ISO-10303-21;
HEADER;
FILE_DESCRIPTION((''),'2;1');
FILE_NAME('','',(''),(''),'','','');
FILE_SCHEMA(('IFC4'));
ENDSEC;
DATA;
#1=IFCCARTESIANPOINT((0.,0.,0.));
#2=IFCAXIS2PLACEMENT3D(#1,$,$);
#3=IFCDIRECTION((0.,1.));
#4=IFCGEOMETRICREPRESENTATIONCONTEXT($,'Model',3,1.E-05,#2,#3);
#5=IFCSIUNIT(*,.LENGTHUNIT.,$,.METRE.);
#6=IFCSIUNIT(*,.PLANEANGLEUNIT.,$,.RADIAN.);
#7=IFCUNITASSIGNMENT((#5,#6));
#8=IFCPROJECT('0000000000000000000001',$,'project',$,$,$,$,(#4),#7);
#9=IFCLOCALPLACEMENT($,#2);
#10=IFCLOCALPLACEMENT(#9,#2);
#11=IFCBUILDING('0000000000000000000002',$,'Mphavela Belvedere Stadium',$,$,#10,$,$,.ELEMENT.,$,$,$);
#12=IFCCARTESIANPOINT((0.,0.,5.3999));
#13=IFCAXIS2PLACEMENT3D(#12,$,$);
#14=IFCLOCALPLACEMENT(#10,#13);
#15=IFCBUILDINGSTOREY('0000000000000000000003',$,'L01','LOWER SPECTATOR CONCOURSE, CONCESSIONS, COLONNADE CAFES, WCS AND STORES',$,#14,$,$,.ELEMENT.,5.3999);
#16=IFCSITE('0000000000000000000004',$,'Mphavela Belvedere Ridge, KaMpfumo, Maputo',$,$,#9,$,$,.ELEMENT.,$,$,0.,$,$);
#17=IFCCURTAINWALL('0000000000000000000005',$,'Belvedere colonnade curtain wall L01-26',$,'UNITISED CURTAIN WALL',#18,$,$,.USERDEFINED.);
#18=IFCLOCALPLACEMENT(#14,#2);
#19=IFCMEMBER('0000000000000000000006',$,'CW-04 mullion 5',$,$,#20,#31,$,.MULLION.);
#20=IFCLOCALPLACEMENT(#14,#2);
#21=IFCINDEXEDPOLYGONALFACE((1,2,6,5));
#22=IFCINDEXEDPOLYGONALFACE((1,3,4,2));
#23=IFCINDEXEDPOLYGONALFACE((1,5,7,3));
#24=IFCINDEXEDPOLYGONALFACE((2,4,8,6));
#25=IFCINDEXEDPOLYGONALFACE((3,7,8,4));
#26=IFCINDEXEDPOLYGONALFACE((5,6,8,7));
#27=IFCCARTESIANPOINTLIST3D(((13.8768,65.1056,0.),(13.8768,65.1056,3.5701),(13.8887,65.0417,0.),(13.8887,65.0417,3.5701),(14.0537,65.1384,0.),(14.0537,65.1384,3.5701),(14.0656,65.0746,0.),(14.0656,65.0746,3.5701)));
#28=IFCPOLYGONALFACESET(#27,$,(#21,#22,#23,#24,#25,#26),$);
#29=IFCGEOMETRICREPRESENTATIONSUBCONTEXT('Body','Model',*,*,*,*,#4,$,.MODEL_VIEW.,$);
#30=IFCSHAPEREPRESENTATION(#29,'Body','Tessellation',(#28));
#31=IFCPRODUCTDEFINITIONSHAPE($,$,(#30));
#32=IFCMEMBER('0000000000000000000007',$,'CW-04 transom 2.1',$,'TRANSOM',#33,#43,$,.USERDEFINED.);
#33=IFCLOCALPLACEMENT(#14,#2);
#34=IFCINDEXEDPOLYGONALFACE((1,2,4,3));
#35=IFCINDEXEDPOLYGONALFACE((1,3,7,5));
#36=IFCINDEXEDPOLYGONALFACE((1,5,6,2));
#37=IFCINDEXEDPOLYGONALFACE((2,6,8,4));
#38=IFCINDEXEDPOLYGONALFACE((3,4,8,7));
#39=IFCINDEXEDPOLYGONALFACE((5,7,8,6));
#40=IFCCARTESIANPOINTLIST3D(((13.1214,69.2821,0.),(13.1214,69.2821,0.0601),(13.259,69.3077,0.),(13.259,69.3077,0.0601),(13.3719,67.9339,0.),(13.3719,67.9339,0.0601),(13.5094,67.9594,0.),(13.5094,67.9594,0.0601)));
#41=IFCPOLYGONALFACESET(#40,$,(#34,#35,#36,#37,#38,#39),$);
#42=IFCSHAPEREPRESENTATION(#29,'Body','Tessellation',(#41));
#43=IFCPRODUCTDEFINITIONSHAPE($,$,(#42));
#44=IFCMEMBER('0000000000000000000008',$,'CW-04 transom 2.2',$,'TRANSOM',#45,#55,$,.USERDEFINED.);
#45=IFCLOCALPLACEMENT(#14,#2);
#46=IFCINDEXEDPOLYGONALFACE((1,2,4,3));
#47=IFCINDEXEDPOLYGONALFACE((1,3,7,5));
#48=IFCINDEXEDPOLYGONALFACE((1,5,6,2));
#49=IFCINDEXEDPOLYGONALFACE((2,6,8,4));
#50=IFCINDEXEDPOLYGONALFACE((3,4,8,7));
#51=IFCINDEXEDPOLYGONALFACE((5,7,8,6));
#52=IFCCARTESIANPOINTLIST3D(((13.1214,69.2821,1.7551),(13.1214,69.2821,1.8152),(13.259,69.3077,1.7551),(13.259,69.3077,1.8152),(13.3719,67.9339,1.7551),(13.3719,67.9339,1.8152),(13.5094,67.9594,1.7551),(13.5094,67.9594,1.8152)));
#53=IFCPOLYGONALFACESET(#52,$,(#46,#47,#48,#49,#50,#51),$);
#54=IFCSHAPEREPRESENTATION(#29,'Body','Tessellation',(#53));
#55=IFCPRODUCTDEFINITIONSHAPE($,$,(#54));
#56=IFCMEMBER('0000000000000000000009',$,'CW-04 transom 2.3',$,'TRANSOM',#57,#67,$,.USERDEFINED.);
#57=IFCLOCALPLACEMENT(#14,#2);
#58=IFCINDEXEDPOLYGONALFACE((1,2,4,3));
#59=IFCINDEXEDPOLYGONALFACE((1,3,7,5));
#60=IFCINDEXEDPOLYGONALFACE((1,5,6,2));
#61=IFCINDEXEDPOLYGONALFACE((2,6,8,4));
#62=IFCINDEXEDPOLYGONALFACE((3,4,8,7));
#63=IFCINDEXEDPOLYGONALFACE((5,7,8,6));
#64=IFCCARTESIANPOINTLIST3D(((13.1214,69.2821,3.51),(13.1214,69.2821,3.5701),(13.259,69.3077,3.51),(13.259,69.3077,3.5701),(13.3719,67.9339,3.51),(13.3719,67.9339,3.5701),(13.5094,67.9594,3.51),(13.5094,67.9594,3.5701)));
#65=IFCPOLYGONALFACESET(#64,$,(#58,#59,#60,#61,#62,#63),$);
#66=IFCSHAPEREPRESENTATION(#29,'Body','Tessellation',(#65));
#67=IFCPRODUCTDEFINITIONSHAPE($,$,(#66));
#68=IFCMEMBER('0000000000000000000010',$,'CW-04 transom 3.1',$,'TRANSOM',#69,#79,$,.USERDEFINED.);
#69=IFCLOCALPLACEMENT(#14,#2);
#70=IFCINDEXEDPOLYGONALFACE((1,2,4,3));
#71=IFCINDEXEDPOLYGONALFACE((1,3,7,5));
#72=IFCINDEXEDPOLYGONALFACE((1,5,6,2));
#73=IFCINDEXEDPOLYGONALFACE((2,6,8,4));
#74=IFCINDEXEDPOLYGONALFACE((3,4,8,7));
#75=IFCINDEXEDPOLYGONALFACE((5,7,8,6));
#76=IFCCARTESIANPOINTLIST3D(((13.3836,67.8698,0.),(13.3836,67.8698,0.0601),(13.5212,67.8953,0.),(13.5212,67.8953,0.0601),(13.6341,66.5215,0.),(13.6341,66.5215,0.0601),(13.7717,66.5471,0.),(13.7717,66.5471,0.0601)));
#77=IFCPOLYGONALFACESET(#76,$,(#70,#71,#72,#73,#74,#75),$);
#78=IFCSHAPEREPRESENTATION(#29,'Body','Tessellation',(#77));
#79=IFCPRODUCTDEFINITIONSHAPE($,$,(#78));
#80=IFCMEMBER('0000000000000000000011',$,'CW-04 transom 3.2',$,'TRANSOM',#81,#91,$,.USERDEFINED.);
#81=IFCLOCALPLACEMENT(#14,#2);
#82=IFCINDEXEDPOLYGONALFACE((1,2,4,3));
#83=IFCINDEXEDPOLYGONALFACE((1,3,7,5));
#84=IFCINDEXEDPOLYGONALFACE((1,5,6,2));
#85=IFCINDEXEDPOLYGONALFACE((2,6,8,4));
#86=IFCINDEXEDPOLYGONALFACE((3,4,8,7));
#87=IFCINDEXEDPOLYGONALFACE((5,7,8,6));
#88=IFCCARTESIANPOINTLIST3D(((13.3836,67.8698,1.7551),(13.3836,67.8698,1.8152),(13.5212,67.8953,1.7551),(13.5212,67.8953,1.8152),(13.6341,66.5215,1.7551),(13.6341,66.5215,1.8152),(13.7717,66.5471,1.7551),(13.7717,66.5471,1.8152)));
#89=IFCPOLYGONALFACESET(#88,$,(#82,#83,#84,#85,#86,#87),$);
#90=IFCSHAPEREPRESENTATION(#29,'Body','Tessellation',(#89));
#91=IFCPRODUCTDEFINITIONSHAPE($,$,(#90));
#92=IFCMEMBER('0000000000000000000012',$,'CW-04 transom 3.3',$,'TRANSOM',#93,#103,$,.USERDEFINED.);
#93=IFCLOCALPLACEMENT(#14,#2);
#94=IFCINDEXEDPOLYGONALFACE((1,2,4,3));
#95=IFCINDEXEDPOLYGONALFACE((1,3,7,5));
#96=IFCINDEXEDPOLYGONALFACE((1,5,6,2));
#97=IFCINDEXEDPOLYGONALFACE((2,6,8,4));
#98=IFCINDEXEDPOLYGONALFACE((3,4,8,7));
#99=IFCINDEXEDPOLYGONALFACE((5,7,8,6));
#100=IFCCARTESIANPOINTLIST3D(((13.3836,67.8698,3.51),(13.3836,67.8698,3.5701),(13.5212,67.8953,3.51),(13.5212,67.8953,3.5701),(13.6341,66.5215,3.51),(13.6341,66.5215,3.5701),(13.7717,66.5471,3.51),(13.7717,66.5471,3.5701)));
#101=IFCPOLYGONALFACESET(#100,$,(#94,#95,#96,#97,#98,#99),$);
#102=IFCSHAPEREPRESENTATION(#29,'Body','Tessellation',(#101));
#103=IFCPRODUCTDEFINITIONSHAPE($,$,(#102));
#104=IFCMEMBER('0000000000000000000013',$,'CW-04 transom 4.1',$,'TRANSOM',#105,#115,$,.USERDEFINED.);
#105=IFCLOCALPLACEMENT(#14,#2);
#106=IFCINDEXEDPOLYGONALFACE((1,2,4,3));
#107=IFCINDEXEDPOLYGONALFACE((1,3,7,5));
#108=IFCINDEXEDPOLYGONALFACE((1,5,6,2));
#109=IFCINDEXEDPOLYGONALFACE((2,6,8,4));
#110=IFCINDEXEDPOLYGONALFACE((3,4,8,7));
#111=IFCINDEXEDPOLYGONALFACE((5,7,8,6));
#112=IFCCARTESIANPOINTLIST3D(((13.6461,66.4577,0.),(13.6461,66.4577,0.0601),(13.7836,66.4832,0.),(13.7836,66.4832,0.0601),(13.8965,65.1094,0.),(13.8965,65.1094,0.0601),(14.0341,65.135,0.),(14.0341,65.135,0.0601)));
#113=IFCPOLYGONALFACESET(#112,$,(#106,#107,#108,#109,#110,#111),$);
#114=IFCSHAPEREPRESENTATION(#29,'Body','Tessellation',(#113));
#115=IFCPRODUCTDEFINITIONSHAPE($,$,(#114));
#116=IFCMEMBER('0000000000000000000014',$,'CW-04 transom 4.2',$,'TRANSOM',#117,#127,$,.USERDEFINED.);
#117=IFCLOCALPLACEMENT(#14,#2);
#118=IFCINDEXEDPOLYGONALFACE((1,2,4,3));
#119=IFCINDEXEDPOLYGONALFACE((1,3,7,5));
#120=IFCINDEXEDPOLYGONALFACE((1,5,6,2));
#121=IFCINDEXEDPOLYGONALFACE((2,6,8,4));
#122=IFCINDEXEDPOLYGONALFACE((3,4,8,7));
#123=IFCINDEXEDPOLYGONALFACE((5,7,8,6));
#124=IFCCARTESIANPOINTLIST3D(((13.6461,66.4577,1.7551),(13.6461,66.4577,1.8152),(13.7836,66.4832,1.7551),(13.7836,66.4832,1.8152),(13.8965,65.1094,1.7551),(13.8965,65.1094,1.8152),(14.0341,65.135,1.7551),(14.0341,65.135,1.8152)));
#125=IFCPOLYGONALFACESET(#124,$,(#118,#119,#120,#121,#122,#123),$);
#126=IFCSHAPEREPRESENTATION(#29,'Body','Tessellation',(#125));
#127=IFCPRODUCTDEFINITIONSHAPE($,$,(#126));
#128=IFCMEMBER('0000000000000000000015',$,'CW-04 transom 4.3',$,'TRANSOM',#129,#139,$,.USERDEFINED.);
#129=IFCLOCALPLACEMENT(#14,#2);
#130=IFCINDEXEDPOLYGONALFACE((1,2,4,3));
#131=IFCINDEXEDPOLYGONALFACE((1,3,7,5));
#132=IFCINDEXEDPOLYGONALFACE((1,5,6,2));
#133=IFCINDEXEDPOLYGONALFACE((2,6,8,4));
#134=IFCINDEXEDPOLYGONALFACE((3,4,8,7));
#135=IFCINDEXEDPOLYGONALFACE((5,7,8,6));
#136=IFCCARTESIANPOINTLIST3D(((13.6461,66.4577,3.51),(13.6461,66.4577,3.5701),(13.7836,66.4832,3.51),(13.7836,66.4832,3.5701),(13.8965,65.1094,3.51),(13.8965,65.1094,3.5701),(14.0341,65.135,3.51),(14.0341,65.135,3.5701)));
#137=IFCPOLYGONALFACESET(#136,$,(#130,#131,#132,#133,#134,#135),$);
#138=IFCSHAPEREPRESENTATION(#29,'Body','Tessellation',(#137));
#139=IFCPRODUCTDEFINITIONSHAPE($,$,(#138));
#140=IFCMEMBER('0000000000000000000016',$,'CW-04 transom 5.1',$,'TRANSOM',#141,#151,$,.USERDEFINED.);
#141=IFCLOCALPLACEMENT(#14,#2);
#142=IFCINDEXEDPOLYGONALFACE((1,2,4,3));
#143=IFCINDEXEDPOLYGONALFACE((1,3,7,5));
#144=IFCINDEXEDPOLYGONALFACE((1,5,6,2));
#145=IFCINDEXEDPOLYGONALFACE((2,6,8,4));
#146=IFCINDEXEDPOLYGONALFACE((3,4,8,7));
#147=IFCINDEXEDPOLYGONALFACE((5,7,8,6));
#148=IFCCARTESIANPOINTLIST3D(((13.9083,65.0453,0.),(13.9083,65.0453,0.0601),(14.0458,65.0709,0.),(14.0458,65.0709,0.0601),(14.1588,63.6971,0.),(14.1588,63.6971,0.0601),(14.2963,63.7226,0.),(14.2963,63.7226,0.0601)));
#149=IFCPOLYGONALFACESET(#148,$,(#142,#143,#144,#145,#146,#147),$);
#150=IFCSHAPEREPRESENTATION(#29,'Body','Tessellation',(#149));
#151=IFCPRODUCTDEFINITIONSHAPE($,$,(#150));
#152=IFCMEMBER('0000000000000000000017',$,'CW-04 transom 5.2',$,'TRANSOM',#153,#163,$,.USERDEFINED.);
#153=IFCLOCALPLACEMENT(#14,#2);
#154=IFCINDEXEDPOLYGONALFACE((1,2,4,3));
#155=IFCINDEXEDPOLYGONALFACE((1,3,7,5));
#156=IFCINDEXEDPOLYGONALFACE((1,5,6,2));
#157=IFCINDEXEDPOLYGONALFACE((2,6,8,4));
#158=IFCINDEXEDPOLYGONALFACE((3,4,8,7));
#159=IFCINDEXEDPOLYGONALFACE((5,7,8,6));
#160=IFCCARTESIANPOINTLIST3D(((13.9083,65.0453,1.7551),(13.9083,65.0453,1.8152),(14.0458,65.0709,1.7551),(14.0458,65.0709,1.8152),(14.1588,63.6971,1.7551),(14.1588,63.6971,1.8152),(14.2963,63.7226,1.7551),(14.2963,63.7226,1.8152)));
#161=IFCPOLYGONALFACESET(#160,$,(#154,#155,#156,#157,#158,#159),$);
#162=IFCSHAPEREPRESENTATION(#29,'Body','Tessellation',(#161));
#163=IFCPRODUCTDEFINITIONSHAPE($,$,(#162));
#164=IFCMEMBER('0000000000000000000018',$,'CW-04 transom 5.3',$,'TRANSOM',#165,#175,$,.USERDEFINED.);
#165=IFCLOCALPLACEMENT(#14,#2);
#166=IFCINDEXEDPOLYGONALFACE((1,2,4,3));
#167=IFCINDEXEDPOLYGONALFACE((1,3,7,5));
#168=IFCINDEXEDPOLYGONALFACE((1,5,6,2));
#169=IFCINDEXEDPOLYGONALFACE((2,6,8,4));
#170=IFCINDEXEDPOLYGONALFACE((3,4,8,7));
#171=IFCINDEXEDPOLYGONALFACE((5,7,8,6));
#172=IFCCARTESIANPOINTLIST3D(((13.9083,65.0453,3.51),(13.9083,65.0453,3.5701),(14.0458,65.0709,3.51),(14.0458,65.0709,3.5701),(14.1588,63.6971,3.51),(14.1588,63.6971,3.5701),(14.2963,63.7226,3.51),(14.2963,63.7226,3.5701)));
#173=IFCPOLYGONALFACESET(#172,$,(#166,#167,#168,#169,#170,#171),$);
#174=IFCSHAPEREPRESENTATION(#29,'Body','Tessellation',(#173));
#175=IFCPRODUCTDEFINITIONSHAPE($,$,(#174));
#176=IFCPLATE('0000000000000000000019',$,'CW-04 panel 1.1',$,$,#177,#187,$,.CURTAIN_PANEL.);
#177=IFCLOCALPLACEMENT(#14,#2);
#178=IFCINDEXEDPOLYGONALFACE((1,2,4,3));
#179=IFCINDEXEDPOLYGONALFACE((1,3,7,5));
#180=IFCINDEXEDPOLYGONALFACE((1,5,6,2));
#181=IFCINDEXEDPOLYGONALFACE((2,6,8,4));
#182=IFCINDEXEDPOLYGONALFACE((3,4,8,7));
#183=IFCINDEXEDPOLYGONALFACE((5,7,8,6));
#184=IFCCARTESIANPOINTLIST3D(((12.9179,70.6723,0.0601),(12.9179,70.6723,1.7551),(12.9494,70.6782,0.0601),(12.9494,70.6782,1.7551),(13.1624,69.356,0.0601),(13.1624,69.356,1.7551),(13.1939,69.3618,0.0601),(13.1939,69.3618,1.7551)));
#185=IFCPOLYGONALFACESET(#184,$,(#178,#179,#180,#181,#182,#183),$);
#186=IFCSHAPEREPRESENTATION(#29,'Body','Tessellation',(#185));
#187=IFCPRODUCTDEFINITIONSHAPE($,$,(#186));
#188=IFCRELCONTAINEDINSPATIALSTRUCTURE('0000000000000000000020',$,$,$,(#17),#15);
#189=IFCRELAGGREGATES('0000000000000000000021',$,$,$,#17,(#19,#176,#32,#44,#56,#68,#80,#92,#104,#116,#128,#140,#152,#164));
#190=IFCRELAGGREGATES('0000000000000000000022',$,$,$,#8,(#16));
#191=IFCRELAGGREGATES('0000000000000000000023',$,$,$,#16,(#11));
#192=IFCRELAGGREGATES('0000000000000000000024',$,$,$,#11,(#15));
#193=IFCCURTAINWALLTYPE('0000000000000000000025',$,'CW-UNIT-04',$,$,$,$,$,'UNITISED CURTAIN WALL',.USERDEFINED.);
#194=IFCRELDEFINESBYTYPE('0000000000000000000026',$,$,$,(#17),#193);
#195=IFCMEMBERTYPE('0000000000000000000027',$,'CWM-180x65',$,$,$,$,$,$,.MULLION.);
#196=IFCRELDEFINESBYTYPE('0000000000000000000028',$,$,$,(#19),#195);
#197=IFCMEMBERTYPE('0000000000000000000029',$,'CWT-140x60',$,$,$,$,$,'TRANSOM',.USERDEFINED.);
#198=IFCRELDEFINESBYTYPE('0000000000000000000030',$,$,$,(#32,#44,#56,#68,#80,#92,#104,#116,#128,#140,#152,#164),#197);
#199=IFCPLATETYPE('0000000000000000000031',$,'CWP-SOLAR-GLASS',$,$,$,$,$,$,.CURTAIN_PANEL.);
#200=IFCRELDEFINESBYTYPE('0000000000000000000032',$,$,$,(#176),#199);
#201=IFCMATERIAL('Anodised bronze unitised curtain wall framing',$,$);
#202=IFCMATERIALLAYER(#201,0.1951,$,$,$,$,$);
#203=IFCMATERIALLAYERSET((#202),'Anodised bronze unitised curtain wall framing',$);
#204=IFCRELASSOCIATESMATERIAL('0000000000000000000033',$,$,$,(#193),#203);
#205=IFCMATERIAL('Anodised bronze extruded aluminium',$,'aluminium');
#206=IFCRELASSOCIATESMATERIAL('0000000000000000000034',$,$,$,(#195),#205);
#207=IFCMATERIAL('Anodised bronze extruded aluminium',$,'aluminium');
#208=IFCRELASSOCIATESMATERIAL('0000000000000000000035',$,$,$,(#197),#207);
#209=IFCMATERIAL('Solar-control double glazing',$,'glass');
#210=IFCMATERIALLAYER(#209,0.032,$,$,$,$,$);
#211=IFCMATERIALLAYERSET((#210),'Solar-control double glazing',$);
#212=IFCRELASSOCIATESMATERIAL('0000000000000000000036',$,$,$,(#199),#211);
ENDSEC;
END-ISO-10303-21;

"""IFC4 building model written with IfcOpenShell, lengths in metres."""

from ifc_helpers import new_model, si_unit, direction, frame, origin, origin_2d, place, context, subcontext, project, spatial, rectangle, extrude, material, layer, layer_set, material_profile, profile_set, type_object, element, aggregate, save


model = new_model("IFC4")

# Units and contexts
model_context = context("Model", 3, precision=1e-05, world=origin(), true_north=direction((0.0, 1.0)))
body_context = subcontext(model_context, "Body", "Model", "MODEL_VIEW")
ifc_project = project(units=[si_unit("LENGTHUNIT", "METRE"), si_unit("PLANEANGLEUNIT", "RADIAN")], contexts=[model_context])

# Site, building, storey
site_placement = place(None, origin())
site = spatial("IfcSite", under=ifc_project, at=site_placement, Name="Mphavela Belvedere Ridge, KaMpfumo, Maputo", CompositionType="ELEMENT", RefElevation=0.0)
building_placement = place(site_placement, origin())
building = spatial("IfcBuilding", under=site, at=building_placement, Name="Mphavela Belvedere Stadium", CompositionType="ELEMENT")
storey_placement = place(building_placement, frame((0.0, 0.0, 5.3999)))
storey = spatial("IfcBuildingStorey", under=building, at=storey_placement, Name="L01", Description="LOWER SPECTATOR CONCOURSE, CONCESSIONS, COLONNADE CAFES, WCS AND STORES", CompositionType="ELEMENT", Elevation=5.3999)

# Curtain wall, members, plate
ifc_material_1 = material(Name="Anodised bronze unitised curtain wall framing")
ifc_layer_1 = layer(ifc_material_1, 0.1951)
ifc_layer_set_1 = layer_set([ifc_layer_1], Name="Anodised bronze unitised curtain wall framing")
curtain_wall_type = type_object("IfcCurtainWallType", Name="CW-UNIT-04", ElementType="UNITISED CURTAIN WALL", PredefinedType="USERDEFINED", material=ifc_layer_set_1)
curtain_wall_placement = place(storey_placement, origin())
curtain_wall = element("IfcCurtainWall", 1, at=curtain_wall_placement, inside=storey, type_object=curtain_wall_type, Name="Belvedere colonnade curtain wall L01-26", ObjectType="UNITISED CURTAIN WALL", PredefinedType="USERDEFINED")
ifc_material_2 = material(Name="Anodised bronze extruded aluminium", Category="aluminium")
ifc_material_profile_1 = material_profile(ifc_material_2, rectangle(XDim=0.1799, YDim=0.0649, at=origin_2d()), Name="CW-MUL 180x65")
ifc_profile_set_1 = profile_set([ifc_material_profile_1], Name="Anodised bronze extruded aluminium")
member_type_1 = type_object("IfcMemberType", Name="CWM-180x65", PredefinedType="MULLION", material=ifc_profile_set_1)
member_1_placement = place(storey_placement, frame((13.9712, 65.0901, 0.0), z_axis=(0.0, 0.0, 1.0), x_axis=(0.983184, 0.18262, 0.0)))
member_1 = element("IfcMember", 2, at=member_1_placement, type_object=member_type_1, Name="CW-04 mullion 5", PredefinedType="MULLION", context=body_context, shape_type="SweptSolid", body=[
    extrude(rectangle(XDim=0.1799, YDim=0.0649, at=origin_2d()), origin(), (0.0, 0.0, 1.0), 3.5701),
])
ifc_material_3 = material(Name="Anodised bronze extruded aluminium", Category="aluminium")
ifc_material_profile_2 = material_profile(ifc_material_3, rectangle(XDim=0.1399, YDim=0.0601, at=origin_2d()), Name="CW-TRN 140x60")
ifc_profile_set_2 = profile_set([ifc_material_profile_2], Name="Anodised bronze extruded aluminium")
member_type_2 = type_object("IfcMemberType", Name="CWT-140x60", ElementType="TRANSOM", PredefinedType="USERDEFINED", material=ifc_profile_set_2)
member_2_placement = place(storey_placement, frame((13.1902, 69.2949, 0.03), z_axis=(0.182644, -0.983179, 0.0), x_axis=(0.983179, 0.182644, 0.0)))
member_2 = element("IfcMember", 3, at=member_2_placement, type_object=member_type_2, Name="CW-04 transom 2.1", ObjectType="TRANSOM", PredefinedType="USERDEFINED", context=body_context, shape_type="SweptSolid", body=[
    extrude(rectangle(XDim=0.1399, YDim=0.0601, at=origin_2d()), origin(), (0.0, 0.0, 1.0), 1.3713),
])
member_3_placement = place(storey_placement, frame((13.1902, 69.2949, 1.7852), z_axis=(0.182644, -0.983179, 0.0), x_axis=(0.983179, 0.182644, 0.0)))
member_3 = element("IfcMember", 4, at=member_3_placement, type_object=member_type_2, Name="CW-04 transom 2.2", ObjectType="TRANSOM", PredefinedType="USERDEFINED", context=body_context, shape_type="SweptSolid", body=[
    extrude(rectangle(XDim=0.1399, YDim=0.0601, at=origin_2d()), origin(), (0.0, 0.0, 1.0), 1.3713),
])
member_4_placement = place(storey_placement, frame((13.1902, 69.2949, 3.54), z_axis=(0.182644, -0.983179, 0.0), x_axis=(0.983179, 0.182644, 0.0)))
member_4 = element("IfcMember", 5, at=member_4_placement, type_object=member_type_2, Name="CW-04 transom 2.3", ObjectType="TRANSOM", PredefinedType="USERDEFINED", context=body_context, shape_type="SweptSolid", body=[
    extrude(rectangle(XDim=0.1399, YDim=0.0601, at=origin_2d()), origin(), (0.0, 0.0, 1.0), 1.3713),
])
member_5_placement = place(storey_placement, frame((13.4524, 67.8826, 0.03), z_axis=(0.182676, -0.983173, 0.0), x_axis=(0.983173, 0.182676, 0.0)))
member_5 = element("IfcMember", 6, at=member_5_placement, type_object=member_type_2, Name="CW-04 transom 3.1", ObjectType="TRANSOM", PredefinedType="USERDEFINED", context=body_context, shape_type="SweptSolid", body=[
    extrude(rectangle(XDim=0.1399, YDim=0.0601, at=origin_2d()), origin(), (0.0, 0.0, 1.0), 1.3713),
])
member_6_placement = place(storey_placement, frame((13.4524, 67.8826, 1.7852), z_axis=(0.182676, -0.983173, 0.0), x_axis=(0.983173, 0.182676, 0.0)))
member_6 = element("IfcMember", 7, at=member_6_placement, type_object=member_type_2, Name="CW-04 transom 3.2", ObjectType="TRANSOM", PredefinedType="USERDEFINED", context=body_context, shape_type="SweptSolid", body=[
    extrude(rectangle(XDim=0.1399, YDim=0.0601, at=origin_2d()), origin(), (0.0, 0.0, 1.0), 1.3713),
])
member_7_placement = place(storey_placement, frame((13.4524, 67.8826, 3.54), z_axis=(0.182676, -0.983173, 0.0), x_axis=(0.983173, 0.182676, 0.0)))
member_7 = element("IfcMember", 8, at=member_7_placement, type_object=member_type_2, Name="CW-04 transom 3.3", ObjectType="TRANSOM", PredefinedType="USERDEFINED", context=body_context, shape_type="SweptSolid", body=[
    extrude(rectangle(XDim=0.1399, YDim=0.0601, at=origin_2d()), origin(), (0.0, 0.0, 1.0), 1.3713),
])
member_8_placement = place(storey_placement, frame((13.7148, 66.4705, 0.03), z_axis=(0.182644, -0.983179, 0.0), x_axis=(0.983179, 0.182644, 0.0)))
member_8 = element("IfcMember", 9, at=member_8_placement, type_object=member_type_2, Name="CW-04 transom 4.1", ObjectType="TRANSOM", PredefinedType="USERDEFINED", context=body_context, shape_type="SweptSolid", body=[
    extrude(rectangle(XDim=0.1399, YDim=0.0601, at=origin_2d()), origin(), (0.0, 0.0, 1.0), 1.3713),
])
member_9_placement = place(storey_placement, frame((13.7148, 66.4705, 1.7852), z_axis=(0.182644, -0.983179, 0.0), x_axis=(0.983179, 0.182644, 0.0)))
member_9 = element("IfcMember", 10, at=member_9_placement, type_object=member_type_2, Name="CW-04 transom 4.2", ObjectType="TRANSOM", PredefinedType="USERDEFINED", context=body_context, shape_type="SweptSolid", body=[
    extrude(rectangle(XDim=0.1399, YDim=0.0601, at=origin_2d()), origin(), (0.0, 0.0, 1.0), 1.3713),
])
member_10_placement = place(storey_placement, frame((13.7148, 66.4705, 3.54), z_axis=(0.182644, -0.983179, 0.0), x_axis=(0.983179, 0.182644, 0.0)))
member_10 = element("IfcMember", 11, at=member_10_placement, type_object=member_type_2, Name="CW-04 transom 4.3", ObjectType="TRANSOM", PredefinedType="USERDEFINED", context=body_context, shape_type="SweptSolid", body=[
    extrude(rectangle(XDim=0.1399, YDim=0.0601, at=origin_2d()), origin(), (0.0, 0.0, 1.0), 1.3713),
])
member_11_placement = place(storey_placement, frame((13.9771, 65.0581, 0.03), z_axis=(0.182676, -0.983173, 0.0), x_axis=(0.983173, 0.182676, 0.0)))
member_11 = element("IfcMember", 12, at=member_11_placement, type_object=member_type_2, Name="CW-04 transom 5.1", ObjectType="TRANSOM", PredefinedType="USERDEFINED", context=body_context, shape_type="SweptSolid", body=[
    extrude(rectangle(XDim=0.1399, YDim=0.0601, at=origin_2d()), origin(), (0.0, 0.0, 1.0), 1.3713),
])
member_12_placement = place(storey_placement, frame((13.9771, 65.0581, 1.7852), z_axis=(0.182676, -0.983173, 0.0), x_axis=(0.983173, 0.182676, 0.0)))
member_12 = element("IfcMember", 13, at=member_12_placement, type_object=member_type_2, Name="CW-04 transom 5.2", ObjectType="TRANSOM", PredefinedType="USERDEFINED", context=body_context, shape_type="SweptSolid", body=[
    extrude(rectangle(XDim=0.1399, YDim=0.0601, at=origin_2d()), origin(), (0.0, 0.0, 1.0), 1.3713),
])
member_13_placement = place(storey_placement, frame((13.9771, 65.0581, 3.54), z_axis=(0.182676, -0.983173, 0.0), x_axis=(0.983173, 0.182676, 0.0)))
member_13 = element("IfcMember", 14, at=member_13_placement, type_object=member_type_2, Name="CW-04 transom 5.3", ObjectType="TRANSOM", PredefinedType="USERDEFINED", context=body_context, shape_type="SweptSolid", body=[
    extrude(rectangle(XDim=0.1399, YDim=0.0601, at=origin_2d()), origin(), (0.0, 0.0, 1.0), 1.3713),
])
ifc_material_4 = material(Name="Solar-control double glazing", Category="glass")
ifc_layer_2 = layer(ifc_material_4, 0.032)
ifc_layer_set_2 = layer_set([ifc_layer_2], Name="Solar-control double glazing")
plate_type = type_object("IfcPlateType", Name="CWP-SOLAR-GLASS", PredefinedType="CURTAIN_PANEL", material=ifc_layer_set_2)
plate_1_placement = place(storey_placement, frame((13.0559, 70.0171, 0.0601), z_axis=(0.0, 0.0, 1.0), x_axis=(0.18262, -0.983184, 0.0)))
plate_1 = element("IfcPlate", 15, at=plate_1_placement, type_object=plate_type, Name="CW-04 panel 1.1", PredefinedType="CURTAIN_PANEL", context=body_context, shape_type="SweptSolid", body=[
    extrude(rectangle(XDim=1.3389, YDim=0.032, at=origin_2d()), origin(), (0.0, 0.0, 1.0), 1.6951),
])
aggregate(curtain_wall, [member_1, plate_1, member_2, member_3, member_4, member_5, member_6, member_7, member_8, member_9, member_10, member_11, member_12, member_13])

save(model, "model.ifc")
